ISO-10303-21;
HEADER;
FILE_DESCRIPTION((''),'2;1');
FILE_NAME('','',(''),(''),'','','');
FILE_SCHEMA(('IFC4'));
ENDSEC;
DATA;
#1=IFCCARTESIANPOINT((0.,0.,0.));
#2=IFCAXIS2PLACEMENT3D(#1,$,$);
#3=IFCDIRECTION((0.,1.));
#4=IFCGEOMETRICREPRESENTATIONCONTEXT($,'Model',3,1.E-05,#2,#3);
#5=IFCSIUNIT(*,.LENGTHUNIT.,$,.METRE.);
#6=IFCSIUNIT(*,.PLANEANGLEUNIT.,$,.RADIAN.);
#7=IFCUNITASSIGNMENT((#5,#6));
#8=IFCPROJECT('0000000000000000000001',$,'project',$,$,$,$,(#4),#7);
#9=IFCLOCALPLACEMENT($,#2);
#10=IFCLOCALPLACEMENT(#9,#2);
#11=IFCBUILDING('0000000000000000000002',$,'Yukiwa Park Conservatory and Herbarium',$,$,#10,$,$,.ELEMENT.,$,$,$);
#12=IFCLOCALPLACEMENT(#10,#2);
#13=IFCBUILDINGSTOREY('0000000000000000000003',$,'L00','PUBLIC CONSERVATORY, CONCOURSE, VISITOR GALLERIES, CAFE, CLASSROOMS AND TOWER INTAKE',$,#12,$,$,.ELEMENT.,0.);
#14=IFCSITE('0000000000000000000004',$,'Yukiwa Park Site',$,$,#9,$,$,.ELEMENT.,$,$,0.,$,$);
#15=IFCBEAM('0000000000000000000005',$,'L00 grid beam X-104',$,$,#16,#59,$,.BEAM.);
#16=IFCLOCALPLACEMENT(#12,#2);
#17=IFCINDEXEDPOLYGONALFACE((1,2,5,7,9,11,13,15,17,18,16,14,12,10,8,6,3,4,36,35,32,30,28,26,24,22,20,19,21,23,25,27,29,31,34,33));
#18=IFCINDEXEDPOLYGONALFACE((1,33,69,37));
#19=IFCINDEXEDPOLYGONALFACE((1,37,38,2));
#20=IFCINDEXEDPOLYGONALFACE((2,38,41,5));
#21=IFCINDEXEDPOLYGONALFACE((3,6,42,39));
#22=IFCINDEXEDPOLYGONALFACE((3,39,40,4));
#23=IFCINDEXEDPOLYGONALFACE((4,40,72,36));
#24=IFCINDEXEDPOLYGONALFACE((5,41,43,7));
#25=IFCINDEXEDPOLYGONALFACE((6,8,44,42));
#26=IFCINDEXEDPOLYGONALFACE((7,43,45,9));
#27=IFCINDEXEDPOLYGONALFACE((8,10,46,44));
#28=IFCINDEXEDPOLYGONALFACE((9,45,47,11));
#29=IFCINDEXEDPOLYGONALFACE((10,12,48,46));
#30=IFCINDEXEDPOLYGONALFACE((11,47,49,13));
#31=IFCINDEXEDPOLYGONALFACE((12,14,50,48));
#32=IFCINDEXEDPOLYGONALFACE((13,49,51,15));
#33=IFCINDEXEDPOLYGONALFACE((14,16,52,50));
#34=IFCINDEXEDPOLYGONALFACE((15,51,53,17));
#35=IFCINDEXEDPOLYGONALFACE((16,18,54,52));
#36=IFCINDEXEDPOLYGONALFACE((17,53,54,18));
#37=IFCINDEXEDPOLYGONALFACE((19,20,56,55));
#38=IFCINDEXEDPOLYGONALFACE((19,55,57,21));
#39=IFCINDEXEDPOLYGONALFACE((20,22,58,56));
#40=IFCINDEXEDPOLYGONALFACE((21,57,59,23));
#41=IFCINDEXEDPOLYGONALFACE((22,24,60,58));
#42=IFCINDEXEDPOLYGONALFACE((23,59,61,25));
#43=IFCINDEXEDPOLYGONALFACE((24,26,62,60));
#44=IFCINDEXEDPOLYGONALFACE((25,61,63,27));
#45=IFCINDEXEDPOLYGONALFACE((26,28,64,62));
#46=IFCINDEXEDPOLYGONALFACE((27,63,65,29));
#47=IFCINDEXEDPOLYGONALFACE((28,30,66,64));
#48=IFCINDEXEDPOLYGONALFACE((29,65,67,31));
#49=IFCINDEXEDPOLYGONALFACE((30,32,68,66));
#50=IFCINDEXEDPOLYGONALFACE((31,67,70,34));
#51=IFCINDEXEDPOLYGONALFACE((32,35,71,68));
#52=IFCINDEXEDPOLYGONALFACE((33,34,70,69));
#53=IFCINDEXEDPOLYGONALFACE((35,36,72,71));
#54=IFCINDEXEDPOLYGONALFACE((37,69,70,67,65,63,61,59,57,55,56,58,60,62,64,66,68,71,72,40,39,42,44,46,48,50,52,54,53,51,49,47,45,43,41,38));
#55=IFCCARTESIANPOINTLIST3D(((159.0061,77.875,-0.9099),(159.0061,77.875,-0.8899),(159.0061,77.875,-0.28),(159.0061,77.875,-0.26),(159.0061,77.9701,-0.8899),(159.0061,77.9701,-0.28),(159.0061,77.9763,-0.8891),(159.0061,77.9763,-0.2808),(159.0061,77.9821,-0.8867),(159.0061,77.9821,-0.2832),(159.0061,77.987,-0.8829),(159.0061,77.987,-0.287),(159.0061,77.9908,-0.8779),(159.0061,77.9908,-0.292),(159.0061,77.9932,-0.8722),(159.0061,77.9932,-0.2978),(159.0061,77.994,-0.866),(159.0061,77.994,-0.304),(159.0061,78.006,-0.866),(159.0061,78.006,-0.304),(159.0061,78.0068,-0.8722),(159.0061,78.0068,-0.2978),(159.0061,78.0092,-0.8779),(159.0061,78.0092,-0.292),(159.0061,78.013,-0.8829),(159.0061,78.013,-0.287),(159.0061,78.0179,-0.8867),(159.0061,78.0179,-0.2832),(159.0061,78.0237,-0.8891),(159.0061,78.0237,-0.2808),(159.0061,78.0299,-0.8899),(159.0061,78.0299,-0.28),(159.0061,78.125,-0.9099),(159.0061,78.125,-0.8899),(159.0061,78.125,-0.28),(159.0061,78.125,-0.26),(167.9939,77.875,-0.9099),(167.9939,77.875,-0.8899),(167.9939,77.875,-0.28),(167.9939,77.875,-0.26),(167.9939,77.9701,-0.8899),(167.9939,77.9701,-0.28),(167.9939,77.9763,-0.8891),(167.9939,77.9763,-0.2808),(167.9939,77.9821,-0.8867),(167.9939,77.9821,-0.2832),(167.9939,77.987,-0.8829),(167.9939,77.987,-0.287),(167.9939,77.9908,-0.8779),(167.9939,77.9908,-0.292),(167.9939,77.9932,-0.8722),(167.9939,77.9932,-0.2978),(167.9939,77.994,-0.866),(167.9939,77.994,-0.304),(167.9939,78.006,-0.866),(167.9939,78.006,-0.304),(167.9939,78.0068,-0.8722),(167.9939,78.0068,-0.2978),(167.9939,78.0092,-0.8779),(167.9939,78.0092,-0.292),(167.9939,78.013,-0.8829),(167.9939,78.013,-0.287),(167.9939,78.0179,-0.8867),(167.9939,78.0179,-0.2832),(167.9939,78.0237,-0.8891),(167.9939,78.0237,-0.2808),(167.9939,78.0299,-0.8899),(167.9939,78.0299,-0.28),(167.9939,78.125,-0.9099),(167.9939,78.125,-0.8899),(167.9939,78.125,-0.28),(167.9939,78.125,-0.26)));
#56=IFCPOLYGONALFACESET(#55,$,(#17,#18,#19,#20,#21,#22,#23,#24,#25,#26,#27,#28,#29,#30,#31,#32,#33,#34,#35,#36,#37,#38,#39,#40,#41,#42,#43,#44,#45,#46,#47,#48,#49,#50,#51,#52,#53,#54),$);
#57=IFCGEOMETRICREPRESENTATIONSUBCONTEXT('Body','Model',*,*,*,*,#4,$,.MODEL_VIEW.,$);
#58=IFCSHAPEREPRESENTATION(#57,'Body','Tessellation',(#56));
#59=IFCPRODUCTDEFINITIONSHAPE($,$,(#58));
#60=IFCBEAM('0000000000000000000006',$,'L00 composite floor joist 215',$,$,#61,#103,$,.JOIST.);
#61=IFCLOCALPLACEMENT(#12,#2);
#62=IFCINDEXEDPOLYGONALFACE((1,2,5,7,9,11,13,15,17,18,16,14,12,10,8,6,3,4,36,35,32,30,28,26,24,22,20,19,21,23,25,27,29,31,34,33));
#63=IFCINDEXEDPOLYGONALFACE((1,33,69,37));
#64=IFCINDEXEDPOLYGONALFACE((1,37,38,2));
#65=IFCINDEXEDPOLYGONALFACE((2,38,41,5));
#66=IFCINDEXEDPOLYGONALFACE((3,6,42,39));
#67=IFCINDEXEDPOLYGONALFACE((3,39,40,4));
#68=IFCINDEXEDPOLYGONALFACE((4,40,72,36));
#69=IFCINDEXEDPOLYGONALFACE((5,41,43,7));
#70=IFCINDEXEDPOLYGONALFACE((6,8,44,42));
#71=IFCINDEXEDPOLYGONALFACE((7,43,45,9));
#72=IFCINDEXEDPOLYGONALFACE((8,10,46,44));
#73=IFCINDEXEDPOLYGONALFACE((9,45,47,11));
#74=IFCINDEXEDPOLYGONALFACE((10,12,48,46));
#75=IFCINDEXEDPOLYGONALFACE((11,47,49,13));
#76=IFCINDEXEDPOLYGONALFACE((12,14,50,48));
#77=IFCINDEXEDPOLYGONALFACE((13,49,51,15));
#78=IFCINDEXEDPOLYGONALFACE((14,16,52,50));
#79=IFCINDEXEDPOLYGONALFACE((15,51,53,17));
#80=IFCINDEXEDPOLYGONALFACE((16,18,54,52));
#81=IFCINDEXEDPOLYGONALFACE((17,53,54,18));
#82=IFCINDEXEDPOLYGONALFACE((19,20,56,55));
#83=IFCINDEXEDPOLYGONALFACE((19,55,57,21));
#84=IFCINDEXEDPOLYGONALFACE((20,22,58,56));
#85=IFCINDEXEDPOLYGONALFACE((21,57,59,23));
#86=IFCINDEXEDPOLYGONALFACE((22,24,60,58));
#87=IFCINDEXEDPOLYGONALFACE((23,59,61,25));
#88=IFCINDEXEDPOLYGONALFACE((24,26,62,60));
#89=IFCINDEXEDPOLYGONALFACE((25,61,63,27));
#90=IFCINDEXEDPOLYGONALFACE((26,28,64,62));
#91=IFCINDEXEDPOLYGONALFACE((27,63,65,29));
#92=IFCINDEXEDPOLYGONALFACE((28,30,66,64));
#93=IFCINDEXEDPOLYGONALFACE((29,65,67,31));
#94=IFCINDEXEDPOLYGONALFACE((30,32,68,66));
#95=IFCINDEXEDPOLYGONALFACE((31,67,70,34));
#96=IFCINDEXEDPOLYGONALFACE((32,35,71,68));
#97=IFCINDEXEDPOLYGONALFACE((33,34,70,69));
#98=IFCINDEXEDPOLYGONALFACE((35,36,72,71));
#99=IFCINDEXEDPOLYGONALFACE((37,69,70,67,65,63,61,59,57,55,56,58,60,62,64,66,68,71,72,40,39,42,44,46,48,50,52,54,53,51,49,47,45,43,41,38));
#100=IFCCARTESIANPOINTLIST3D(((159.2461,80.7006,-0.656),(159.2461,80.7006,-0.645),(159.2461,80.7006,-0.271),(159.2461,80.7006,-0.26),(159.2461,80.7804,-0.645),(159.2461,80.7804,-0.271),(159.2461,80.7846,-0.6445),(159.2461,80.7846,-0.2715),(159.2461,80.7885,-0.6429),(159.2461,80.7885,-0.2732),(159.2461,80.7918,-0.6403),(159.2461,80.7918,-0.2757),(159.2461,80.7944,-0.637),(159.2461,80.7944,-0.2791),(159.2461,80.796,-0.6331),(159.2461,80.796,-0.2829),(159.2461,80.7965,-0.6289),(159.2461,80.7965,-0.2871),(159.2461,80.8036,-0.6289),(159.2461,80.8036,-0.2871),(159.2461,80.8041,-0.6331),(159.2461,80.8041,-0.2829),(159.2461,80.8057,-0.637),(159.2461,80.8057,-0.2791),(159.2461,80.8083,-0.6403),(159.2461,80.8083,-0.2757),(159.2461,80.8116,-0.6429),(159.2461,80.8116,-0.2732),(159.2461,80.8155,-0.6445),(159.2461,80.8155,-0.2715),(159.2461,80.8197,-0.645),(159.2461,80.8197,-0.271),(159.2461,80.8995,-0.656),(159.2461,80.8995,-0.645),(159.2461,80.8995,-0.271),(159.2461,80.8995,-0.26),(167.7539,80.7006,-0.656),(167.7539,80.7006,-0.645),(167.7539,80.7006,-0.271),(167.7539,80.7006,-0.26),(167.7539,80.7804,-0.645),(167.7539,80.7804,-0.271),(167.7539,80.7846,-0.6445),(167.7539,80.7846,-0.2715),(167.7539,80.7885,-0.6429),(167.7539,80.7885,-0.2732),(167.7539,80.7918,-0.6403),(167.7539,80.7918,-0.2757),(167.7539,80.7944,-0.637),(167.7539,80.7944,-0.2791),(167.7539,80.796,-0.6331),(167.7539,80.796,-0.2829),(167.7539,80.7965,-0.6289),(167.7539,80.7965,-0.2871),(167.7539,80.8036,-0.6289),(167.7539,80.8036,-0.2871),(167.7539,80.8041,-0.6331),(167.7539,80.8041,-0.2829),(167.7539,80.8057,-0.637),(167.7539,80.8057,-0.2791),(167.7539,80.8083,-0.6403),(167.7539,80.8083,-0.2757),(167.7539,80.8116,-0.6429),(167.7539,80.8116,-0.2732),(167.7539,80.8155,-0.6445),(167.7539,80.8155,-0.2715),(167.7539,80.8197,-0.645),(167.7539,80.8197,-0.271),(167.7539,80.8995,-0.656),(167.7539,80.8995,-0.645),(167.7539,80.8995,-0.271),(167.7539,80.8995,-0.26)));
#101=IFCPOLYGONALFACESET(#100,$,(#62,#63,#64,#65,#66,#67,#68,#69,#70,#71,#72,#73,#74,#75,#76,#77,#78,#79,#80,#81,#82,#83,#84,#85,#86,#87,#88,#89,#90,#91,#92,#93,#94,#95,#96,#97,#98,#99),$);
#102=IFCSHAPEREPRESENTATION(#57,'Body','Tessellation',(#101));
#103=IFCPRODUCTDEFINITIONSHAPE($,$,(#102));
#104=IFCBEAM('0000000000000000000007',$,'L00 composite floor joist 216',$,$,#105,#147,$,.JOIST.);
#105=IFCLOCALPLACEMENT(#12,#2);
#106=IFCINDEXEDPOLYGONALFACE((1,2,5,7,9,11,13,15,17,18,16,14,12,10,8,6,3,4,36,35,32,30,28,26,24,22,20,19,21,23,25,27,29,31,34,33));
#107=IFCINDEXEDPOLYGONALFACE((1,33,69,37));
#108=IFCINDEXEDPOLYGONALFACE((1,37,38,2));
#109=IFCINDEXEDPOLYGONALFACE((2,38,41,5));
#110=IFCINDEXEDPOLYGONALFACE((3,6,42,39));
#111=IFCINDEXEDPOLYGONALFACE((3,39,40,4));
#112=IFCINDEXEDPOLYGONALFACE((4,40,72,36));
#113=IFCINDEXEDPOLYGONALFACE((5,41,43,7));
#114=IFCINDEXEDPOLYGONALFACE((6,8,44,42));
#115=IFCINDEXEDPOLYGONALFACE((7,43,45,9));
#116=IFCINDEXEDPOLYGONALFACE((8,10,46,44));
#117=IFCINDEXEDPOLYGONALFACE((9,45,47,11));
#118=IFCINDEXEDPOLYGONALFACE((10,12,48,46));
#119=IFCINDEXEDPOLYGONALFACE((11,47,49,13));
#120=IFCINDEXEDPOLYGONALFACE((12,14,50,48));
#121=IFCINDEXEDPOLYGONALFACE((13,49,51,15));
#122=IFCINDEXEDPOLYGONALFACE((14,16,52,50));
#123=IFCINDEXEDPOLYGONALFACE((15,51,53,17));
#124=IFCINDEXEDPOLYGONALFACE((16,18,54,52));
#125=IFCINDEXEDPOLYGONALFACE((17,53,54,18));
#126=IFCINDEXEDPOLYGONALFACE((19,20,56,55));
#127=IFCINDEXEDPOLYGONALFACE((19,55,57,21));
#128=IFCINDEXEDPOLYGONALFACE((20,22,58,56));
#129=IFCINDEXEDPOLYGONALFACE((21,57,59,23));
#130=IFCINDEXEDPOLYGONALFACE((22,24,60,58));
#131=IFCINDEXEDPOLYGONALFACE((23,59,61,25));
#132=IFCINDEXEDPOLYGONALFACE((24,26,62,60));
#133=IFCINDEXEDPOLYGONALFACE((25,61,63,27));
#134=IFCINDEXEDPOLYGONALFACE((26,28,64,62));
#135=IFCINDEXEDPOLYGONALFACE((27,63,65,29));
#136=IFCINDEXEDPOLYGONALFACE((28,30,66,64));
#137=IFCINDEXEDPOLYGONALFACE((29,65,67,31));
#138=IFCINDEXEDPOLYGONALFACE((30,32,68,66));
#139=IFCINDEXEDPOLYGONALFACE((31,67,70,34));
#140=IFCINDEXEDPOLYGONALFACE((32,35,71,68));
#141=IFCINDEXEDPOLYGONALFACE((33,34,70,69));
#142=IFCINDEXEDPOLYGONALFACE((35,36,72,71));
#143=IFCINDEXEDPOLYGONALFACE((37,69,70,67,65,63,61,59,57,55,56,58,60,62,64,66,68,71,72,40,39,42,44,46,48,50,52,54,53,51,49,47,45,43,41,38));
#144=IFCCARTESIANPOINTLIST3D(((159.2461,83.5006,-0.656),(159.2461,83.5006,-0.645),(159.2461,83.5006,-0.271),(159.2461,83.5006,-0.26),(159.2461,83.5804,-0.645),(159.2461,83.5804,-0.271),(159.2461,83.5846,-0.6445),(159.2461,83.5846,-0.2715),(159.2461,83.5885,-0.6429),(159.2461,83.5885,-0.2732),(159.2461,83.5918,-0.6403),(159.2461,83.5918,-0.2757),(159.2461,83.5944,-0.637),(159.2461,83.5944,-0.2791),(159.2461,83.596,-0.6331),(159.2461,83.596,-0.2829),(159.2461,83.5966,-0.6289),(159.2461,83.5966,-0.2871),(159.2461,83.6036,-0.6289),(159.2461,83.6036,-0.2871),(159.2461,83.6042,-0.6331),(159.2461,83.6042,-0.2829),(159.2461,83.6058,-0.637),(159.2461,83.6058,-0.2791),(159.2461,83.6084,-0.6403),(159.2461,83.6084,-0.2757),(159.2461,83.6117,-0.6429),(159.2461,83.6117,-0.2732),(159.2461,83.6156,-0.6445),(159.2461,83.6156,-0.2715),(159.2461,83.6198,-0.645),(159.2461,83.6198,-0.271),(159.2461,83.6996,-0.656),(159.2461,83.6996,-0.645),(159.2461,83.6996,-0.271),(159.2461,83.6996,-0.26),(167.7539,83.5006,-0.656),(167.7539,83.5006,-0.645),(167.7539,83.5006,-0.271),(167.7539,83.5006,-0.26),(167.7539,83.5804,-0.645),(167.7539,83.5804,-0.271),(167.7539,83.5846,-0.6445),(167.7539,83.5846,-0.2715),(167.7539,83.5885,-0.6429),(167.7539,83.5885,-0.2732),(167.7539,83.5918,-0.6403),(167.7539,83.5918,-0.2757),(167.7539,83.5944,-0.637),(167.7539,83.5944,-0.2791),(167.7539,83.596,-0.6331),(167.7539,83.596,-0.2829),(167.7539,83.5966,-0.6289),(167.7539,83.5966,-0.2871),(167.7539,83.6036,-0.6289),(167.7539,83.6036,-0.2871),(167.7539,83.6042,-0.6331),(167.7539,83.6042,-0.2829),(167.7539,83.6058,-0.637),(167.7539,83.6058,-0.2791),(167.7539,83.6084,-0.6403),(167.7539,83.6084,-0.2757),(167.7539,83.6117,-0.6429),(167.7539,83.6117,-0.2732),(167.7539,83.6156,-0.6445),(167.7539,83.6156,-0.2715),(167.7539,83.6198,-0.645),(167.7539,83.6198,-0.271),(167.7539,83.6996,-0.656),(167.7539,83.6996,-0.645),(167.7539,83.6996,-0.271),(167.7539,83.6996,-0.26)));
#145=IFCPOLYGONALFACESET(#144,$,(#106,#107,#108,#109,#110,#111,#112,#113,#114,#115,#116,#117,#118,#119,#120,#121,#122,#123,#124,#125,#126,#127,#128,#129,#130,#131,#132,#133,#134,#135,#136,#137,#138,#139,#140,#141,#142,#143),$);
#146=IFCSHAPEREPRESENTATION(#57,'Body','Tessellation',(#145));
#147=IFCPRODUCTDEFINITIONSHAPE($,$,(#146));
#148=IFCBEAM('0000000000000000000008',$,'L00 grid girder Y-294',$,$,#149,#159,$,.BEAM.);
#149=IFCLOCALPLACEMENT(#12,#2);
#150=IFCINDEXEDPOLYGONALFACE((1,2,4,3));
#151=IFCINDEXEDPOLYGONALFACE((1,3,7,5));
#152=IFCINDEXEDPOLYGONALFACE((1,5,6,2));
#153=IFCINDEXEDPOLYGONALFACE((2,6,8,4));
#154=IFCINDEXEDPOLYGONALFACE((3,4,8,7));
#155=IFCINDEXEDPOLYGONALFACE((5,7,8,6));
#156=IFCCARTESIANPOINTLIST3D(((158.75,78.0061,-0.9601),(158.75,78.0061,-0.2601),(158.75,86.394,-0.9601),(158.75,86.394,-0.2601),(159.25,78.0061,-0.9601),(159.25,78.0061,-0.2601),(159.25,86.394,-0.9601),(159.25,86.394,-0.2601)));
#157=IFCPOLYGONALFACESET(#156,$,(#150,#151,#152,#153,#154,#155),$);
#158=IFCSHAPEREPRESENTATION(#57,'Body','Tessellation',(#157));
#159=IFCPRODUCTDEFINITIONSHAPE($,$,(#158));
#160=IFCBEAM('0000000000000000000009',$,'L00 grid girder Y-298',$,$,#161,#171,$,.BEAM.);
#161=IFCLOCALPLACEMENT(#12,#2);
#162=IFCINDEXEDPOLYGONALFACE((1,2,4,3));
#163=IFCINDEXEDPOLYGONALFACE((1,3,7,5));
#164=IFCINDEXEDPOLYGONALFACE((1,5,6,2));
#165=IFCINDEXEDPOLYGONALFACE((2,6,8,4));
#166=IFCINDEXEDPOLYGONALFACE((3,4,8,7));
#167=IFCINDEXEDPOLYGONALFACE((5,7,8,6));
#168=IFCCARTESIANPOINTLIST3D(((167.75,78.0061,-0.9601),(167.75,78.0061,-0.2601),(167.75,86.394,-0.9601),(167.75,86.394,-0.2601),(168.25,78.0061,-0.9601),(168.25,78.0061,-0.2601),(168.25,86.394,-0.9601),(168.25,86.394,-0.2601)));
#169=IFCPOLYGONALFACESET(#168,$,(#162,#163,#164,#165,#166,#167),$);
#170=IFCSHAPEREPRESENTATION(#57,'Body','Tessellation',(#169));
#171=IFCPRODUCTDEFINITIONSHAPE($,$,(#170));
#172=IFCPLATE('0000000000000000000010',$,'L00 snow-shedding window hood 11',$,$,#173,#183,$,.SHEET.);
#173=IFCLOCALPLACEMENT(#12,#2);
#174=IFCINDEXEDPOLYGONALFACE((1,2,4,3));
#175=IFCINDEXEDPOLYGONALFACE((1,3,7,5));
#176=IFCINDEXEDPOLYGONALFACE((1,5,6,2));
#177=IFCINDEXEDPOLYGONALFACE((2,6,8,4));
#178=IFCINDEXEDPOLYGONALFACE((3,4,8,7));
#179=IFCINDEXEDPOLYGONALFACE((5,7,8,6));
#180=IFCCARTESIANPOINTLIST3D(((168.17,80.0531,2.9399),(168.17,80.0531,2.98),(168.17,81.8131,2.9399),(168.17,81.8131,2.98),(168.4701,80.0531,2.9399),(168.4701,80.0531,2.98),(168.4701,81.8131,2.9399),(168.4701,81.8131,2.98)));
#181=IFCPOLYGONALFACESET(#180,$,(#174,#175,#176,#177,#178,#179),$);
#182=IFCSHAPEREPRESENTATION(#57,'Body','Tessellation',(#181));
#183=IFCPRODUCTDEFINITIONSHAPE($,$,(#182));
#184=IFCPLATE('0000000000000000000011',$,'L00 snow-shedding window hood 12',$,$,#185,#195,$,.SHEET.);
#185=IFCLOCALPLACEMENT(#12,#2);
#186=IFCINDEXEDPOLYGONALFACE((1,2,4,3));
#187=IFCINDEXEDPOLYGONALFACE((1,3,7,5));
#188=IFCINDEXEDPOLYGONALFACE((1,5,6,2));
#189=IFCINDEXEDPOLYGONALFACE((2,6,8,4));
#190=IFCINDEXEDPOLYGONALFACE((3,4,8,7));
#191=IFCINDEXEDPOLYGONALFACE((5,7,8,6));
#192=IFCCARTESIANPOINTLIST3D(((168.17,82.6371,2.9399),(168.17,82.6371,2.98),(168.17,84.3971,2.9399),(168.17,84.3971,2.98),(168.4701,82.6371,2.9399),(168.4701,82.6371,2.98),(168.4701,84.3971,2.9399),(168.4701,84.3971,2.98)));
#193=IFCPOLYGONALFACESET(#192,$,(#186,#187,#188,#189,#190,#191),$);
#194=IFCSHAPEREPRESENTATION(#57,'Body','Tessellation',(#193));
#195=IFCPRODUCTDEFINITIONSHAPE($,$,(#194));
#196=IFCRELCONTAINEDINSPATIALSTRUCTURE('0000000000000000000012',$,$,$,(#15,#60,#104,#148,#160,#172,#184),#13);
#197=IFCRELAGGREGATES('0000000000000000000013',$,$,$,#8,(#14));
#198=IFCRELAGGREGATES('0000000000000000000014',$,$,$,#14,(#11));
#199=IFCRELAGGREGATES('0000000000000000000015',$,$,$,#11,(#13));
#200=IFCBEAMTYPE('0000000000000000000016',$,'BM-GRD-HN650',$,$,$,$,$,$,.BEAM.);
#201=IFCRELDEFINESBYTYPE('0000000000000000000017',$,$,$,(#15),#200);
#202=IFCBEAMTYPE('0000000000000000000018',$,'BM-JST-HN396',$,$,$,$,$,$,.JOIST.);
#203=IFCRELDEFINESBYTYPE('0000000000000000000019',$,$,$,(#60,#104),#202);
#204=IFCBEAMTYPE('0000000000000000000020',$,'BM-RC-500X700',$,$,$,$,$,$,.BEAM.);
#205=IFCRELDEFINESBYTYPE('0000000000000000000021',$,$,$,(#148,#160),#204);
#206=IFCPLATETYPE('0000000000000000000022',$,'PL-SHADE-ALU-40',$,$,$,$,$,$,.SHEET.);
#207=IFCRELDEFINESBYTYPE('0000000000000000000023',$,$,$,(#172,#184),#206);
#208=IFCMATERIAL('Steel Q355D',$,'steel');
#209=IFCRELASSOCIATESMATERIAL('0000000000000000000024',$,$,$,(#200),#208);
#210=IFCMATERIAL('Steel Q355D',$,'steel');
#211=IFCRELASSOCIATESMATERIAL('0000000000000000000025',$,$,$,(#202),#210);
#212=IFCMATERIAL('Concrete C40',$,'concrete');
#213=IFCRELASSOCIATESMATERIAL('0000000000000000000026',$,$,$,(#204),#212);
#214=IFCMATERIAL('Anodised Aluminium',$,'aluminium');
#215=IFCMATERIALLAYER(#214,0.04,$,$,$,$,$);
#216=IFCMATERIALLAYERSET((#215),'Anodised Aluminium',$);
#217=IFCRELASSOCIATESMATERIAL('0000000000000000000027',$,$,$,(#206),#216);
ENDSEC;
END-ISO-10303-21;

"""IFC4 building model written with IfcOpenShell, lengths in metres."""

from ifc_helpers import new_model, si_unit, direction, frame, origin, origin_2d, place, context, subcontext, project, spatial, rectangle, i_section, extrude, material, layer, layer_set, material_profile, profile_set, type_object, element, save


model = new_model("IFC4")

# Units and contexts
model_context = context("Model", 3, precision=1e-05, world=origin(), true_north=direction((0.0, 1.0)))
body_context = subcontext(model_context, "Body", "Model", "MODEL_VIEW")
ifc_project = project(units=[si_unit("LENGTHUNIT", "METRE"), si_unit("PLANEANGLEUNIT", "RADIAN")], contexts=[model_context])

# Site, building, storey
site_placement = place(None, origin())
site = spatial("IfcSite", under=ifc_project, at=site_placement, Name="Yukiwa Park Site", CompositionType="ELEMENT", RefElevation=0.0)
building_placement = place(site_placement, origin())
building = spatial("IfcBuilding", under=site, at=building_placement, Name="Yukiwa Park Conservatory and Herbarium", CompositionType="ELEMENT")
storey_placement = place(building_placement, origin())
storey = spatial("IfcBuildingStorey", under=building, at=storey_placement, Name="L00", Description="PUBLIC CONSERVATORY, CONCOURSE, VISITOR GALLERIES, CAFE, CLASSROOMS AND TOWER INTAKE", CompositionType="ELEMENT", Elevation=0.0)

# Beams
ifc_material_1 = material(Name="Steel Q355D", Category="steel")
ifc_material_profile_1 = material_profile(ifc_material_1, i_section(OverallWidth=0.25, OverallDepth=0.6499, WebThickness=0.012, FlangeThickness=0.02, FilletRadius=0.0239, at=origin_2d()), Name="HN 650x250x12x20")
ifc_profile_set_1 = profile_set([ifc_material_profile_1], Name="Steel Q355D")
beam_type_1 = type_object("IfcBeamType", Name="BM-GRD-HN650", PredefinedType="BEAM", material=ifc_profile_set_1)
beam_placement = place(storey_placement, frame((159.0061, 78.0, -0.585), z_axis=(1.0, 0.0, 0.0), x_axis=(0.0, 1.0, 0.0)))
element("IfcBeam", 1, at=beam_placement, inside=storey, type_object=beam_type_1, Name="L00 grid beam X-104", PredefinedType="BEAM", context=body_context, shape_type="SweptSolid", body=[
    extrude(i_section(OverallWidth=0.25, OverallDepth=0.6499, WebThickness=0.012, FlangeThickness=0.02, FilletRadius=0.0239, at=origin_2d()), origin(), (0.0, 0.0, 1.0), 8.9878),
])
ifc_material_2 = material(Name="Steel Q355D", Category="steel")
ifc_material_profile_2 = material_profile(ifc_material_2, i_section(OverallWidth=0.199, OverallDepth=0.396, WebThickness=0.0071, FlangeThickness=0.011, FilletRadius=0.0161, at=origin_2d()), Name="HN 396x199x7x11")
ifc_profile_set_2 = profile_set([ifc_material_profile_2], Name="Steel Q355D")
beam_type_2 = type_object("IfcBeamType", Name="BM-JST-HN396", PredefinedType="JOIST", material=ifc_profile_set_2)
for number, where, z_axis, x_axis, name in (
    (2, (159.2461, 80.8, -0.458), (1.0, 0.0, 0.0), (0.0, 1.0, 0.0), "L00 composite floor joist 215"),
    (3, (159.2461, 83.6001, -0.458), (1.0, 0.0, 0.0), (0.0, 1.0, 0.0), "L00 composite floor joist 216"),
):
    element("IfcBeam", number, at=place(storey_placement, frame(where, z_axis=z_axis, x_axis=x_axis)), inside=storey, type_object=beam_type_2, Name=name, PredefinedType="JOIST", context=body_context, shape_type="SweptSolid", body=[
        extrude(i_section(OverallWidth=0.199, OverallDepth=0.396, WebThickness=0.0071, FlangeThickness=0.011, FilletRadius=0.0161, at=origin_2d()), origin(), (0.0, 0.0, 1.0), 8.5078),
    ])
ifc_material_3 = material(Name="Concrete C40", Category="concrete")
ifc_material_profile_3 = material_profile(ifc_material_3, rectangle(XDim=0.5, YDim=0.7, at=origin_2d()), Name="RC 500x700")
ifc_profile_set_3 = profile_set([ifc_material_profile_3], Name="Concrete C40")
beam_type_3 = type_object("IfcBeamType", Name="BM-RC-500X700", PredefinedType="BEAM", material=ifc_profile_set_3)
for number, where, z_axis, x_axis, name in (
    (4, (159.0, 78.0061, -0.6101), (0.0, 1.0, 0.0), (-1.0, 0.0, 0.0), "L00 grid girder Y-294"),
    (5, (168.0, 78.0061, -0.6101), (0.0, 1.0, 0.0), (-1.0, 0.0, 0.0), "L00 grid girder Y-298"),
):
    element("IfcBeam", number, at=place(storey_placement, frame(where, z_axis=z_axis, x_axis=x_axis)), inside=storey, type_object=beam_type_3, Name=name, PredefinedType="BEAM", context=body_context, shape_type="SweptSolid", body=[
        extrude(rectangle(XDim=0.5, YDim=0.7, at=origin_2d()), origin(), (0.0, 0.0, 1.0), 8.3879),
    ])

# Plates
ifc_material_4 = material(Name="Anodised Aluminium", Category="aluminium")
ifc_layer_1 = layer(ifc_material_4, 0.04)
ifc_layer_set_1 = layer_set([ifc_layer_1], Name="Anodised Aluminium")
plate_type = type_object("IfcPlateType", Name="PL-SHADE-ALU-40", PredefinedType="SHEET", material=ifc_layer_set_1)
for number, where, z_axis, x_axis, name in (
    (6, (168.3201, 80.9331, 2.9399), (0.0, 0.0, 1.0), (0.0, 1.0, 0.0), "L00 snow-shedding window hood 11"),
    (7, (168.3201, 83.5171, 2.9399), (0.0, 0.0, 1.0), (0.0, 1.0, 0.0), "L00 snow-shedding window hood 12"),
):
    element("IfcPlate", number, at=place(storey_placement, frame(where, z_axis=z_axis, x_axis=x_axis)), inside=storey, type_object=plate_type, Name=name, PredefinedType="SHEET", context=body_context, shape_type="SweptSolid", body=[
        extrude(rectangle(XDim=1.76, YDim=0.3, at=origin_2d()), origin(), (0.0, 0.0, 1.0), 0.04),
    ])

save(model, "model.ifc")
